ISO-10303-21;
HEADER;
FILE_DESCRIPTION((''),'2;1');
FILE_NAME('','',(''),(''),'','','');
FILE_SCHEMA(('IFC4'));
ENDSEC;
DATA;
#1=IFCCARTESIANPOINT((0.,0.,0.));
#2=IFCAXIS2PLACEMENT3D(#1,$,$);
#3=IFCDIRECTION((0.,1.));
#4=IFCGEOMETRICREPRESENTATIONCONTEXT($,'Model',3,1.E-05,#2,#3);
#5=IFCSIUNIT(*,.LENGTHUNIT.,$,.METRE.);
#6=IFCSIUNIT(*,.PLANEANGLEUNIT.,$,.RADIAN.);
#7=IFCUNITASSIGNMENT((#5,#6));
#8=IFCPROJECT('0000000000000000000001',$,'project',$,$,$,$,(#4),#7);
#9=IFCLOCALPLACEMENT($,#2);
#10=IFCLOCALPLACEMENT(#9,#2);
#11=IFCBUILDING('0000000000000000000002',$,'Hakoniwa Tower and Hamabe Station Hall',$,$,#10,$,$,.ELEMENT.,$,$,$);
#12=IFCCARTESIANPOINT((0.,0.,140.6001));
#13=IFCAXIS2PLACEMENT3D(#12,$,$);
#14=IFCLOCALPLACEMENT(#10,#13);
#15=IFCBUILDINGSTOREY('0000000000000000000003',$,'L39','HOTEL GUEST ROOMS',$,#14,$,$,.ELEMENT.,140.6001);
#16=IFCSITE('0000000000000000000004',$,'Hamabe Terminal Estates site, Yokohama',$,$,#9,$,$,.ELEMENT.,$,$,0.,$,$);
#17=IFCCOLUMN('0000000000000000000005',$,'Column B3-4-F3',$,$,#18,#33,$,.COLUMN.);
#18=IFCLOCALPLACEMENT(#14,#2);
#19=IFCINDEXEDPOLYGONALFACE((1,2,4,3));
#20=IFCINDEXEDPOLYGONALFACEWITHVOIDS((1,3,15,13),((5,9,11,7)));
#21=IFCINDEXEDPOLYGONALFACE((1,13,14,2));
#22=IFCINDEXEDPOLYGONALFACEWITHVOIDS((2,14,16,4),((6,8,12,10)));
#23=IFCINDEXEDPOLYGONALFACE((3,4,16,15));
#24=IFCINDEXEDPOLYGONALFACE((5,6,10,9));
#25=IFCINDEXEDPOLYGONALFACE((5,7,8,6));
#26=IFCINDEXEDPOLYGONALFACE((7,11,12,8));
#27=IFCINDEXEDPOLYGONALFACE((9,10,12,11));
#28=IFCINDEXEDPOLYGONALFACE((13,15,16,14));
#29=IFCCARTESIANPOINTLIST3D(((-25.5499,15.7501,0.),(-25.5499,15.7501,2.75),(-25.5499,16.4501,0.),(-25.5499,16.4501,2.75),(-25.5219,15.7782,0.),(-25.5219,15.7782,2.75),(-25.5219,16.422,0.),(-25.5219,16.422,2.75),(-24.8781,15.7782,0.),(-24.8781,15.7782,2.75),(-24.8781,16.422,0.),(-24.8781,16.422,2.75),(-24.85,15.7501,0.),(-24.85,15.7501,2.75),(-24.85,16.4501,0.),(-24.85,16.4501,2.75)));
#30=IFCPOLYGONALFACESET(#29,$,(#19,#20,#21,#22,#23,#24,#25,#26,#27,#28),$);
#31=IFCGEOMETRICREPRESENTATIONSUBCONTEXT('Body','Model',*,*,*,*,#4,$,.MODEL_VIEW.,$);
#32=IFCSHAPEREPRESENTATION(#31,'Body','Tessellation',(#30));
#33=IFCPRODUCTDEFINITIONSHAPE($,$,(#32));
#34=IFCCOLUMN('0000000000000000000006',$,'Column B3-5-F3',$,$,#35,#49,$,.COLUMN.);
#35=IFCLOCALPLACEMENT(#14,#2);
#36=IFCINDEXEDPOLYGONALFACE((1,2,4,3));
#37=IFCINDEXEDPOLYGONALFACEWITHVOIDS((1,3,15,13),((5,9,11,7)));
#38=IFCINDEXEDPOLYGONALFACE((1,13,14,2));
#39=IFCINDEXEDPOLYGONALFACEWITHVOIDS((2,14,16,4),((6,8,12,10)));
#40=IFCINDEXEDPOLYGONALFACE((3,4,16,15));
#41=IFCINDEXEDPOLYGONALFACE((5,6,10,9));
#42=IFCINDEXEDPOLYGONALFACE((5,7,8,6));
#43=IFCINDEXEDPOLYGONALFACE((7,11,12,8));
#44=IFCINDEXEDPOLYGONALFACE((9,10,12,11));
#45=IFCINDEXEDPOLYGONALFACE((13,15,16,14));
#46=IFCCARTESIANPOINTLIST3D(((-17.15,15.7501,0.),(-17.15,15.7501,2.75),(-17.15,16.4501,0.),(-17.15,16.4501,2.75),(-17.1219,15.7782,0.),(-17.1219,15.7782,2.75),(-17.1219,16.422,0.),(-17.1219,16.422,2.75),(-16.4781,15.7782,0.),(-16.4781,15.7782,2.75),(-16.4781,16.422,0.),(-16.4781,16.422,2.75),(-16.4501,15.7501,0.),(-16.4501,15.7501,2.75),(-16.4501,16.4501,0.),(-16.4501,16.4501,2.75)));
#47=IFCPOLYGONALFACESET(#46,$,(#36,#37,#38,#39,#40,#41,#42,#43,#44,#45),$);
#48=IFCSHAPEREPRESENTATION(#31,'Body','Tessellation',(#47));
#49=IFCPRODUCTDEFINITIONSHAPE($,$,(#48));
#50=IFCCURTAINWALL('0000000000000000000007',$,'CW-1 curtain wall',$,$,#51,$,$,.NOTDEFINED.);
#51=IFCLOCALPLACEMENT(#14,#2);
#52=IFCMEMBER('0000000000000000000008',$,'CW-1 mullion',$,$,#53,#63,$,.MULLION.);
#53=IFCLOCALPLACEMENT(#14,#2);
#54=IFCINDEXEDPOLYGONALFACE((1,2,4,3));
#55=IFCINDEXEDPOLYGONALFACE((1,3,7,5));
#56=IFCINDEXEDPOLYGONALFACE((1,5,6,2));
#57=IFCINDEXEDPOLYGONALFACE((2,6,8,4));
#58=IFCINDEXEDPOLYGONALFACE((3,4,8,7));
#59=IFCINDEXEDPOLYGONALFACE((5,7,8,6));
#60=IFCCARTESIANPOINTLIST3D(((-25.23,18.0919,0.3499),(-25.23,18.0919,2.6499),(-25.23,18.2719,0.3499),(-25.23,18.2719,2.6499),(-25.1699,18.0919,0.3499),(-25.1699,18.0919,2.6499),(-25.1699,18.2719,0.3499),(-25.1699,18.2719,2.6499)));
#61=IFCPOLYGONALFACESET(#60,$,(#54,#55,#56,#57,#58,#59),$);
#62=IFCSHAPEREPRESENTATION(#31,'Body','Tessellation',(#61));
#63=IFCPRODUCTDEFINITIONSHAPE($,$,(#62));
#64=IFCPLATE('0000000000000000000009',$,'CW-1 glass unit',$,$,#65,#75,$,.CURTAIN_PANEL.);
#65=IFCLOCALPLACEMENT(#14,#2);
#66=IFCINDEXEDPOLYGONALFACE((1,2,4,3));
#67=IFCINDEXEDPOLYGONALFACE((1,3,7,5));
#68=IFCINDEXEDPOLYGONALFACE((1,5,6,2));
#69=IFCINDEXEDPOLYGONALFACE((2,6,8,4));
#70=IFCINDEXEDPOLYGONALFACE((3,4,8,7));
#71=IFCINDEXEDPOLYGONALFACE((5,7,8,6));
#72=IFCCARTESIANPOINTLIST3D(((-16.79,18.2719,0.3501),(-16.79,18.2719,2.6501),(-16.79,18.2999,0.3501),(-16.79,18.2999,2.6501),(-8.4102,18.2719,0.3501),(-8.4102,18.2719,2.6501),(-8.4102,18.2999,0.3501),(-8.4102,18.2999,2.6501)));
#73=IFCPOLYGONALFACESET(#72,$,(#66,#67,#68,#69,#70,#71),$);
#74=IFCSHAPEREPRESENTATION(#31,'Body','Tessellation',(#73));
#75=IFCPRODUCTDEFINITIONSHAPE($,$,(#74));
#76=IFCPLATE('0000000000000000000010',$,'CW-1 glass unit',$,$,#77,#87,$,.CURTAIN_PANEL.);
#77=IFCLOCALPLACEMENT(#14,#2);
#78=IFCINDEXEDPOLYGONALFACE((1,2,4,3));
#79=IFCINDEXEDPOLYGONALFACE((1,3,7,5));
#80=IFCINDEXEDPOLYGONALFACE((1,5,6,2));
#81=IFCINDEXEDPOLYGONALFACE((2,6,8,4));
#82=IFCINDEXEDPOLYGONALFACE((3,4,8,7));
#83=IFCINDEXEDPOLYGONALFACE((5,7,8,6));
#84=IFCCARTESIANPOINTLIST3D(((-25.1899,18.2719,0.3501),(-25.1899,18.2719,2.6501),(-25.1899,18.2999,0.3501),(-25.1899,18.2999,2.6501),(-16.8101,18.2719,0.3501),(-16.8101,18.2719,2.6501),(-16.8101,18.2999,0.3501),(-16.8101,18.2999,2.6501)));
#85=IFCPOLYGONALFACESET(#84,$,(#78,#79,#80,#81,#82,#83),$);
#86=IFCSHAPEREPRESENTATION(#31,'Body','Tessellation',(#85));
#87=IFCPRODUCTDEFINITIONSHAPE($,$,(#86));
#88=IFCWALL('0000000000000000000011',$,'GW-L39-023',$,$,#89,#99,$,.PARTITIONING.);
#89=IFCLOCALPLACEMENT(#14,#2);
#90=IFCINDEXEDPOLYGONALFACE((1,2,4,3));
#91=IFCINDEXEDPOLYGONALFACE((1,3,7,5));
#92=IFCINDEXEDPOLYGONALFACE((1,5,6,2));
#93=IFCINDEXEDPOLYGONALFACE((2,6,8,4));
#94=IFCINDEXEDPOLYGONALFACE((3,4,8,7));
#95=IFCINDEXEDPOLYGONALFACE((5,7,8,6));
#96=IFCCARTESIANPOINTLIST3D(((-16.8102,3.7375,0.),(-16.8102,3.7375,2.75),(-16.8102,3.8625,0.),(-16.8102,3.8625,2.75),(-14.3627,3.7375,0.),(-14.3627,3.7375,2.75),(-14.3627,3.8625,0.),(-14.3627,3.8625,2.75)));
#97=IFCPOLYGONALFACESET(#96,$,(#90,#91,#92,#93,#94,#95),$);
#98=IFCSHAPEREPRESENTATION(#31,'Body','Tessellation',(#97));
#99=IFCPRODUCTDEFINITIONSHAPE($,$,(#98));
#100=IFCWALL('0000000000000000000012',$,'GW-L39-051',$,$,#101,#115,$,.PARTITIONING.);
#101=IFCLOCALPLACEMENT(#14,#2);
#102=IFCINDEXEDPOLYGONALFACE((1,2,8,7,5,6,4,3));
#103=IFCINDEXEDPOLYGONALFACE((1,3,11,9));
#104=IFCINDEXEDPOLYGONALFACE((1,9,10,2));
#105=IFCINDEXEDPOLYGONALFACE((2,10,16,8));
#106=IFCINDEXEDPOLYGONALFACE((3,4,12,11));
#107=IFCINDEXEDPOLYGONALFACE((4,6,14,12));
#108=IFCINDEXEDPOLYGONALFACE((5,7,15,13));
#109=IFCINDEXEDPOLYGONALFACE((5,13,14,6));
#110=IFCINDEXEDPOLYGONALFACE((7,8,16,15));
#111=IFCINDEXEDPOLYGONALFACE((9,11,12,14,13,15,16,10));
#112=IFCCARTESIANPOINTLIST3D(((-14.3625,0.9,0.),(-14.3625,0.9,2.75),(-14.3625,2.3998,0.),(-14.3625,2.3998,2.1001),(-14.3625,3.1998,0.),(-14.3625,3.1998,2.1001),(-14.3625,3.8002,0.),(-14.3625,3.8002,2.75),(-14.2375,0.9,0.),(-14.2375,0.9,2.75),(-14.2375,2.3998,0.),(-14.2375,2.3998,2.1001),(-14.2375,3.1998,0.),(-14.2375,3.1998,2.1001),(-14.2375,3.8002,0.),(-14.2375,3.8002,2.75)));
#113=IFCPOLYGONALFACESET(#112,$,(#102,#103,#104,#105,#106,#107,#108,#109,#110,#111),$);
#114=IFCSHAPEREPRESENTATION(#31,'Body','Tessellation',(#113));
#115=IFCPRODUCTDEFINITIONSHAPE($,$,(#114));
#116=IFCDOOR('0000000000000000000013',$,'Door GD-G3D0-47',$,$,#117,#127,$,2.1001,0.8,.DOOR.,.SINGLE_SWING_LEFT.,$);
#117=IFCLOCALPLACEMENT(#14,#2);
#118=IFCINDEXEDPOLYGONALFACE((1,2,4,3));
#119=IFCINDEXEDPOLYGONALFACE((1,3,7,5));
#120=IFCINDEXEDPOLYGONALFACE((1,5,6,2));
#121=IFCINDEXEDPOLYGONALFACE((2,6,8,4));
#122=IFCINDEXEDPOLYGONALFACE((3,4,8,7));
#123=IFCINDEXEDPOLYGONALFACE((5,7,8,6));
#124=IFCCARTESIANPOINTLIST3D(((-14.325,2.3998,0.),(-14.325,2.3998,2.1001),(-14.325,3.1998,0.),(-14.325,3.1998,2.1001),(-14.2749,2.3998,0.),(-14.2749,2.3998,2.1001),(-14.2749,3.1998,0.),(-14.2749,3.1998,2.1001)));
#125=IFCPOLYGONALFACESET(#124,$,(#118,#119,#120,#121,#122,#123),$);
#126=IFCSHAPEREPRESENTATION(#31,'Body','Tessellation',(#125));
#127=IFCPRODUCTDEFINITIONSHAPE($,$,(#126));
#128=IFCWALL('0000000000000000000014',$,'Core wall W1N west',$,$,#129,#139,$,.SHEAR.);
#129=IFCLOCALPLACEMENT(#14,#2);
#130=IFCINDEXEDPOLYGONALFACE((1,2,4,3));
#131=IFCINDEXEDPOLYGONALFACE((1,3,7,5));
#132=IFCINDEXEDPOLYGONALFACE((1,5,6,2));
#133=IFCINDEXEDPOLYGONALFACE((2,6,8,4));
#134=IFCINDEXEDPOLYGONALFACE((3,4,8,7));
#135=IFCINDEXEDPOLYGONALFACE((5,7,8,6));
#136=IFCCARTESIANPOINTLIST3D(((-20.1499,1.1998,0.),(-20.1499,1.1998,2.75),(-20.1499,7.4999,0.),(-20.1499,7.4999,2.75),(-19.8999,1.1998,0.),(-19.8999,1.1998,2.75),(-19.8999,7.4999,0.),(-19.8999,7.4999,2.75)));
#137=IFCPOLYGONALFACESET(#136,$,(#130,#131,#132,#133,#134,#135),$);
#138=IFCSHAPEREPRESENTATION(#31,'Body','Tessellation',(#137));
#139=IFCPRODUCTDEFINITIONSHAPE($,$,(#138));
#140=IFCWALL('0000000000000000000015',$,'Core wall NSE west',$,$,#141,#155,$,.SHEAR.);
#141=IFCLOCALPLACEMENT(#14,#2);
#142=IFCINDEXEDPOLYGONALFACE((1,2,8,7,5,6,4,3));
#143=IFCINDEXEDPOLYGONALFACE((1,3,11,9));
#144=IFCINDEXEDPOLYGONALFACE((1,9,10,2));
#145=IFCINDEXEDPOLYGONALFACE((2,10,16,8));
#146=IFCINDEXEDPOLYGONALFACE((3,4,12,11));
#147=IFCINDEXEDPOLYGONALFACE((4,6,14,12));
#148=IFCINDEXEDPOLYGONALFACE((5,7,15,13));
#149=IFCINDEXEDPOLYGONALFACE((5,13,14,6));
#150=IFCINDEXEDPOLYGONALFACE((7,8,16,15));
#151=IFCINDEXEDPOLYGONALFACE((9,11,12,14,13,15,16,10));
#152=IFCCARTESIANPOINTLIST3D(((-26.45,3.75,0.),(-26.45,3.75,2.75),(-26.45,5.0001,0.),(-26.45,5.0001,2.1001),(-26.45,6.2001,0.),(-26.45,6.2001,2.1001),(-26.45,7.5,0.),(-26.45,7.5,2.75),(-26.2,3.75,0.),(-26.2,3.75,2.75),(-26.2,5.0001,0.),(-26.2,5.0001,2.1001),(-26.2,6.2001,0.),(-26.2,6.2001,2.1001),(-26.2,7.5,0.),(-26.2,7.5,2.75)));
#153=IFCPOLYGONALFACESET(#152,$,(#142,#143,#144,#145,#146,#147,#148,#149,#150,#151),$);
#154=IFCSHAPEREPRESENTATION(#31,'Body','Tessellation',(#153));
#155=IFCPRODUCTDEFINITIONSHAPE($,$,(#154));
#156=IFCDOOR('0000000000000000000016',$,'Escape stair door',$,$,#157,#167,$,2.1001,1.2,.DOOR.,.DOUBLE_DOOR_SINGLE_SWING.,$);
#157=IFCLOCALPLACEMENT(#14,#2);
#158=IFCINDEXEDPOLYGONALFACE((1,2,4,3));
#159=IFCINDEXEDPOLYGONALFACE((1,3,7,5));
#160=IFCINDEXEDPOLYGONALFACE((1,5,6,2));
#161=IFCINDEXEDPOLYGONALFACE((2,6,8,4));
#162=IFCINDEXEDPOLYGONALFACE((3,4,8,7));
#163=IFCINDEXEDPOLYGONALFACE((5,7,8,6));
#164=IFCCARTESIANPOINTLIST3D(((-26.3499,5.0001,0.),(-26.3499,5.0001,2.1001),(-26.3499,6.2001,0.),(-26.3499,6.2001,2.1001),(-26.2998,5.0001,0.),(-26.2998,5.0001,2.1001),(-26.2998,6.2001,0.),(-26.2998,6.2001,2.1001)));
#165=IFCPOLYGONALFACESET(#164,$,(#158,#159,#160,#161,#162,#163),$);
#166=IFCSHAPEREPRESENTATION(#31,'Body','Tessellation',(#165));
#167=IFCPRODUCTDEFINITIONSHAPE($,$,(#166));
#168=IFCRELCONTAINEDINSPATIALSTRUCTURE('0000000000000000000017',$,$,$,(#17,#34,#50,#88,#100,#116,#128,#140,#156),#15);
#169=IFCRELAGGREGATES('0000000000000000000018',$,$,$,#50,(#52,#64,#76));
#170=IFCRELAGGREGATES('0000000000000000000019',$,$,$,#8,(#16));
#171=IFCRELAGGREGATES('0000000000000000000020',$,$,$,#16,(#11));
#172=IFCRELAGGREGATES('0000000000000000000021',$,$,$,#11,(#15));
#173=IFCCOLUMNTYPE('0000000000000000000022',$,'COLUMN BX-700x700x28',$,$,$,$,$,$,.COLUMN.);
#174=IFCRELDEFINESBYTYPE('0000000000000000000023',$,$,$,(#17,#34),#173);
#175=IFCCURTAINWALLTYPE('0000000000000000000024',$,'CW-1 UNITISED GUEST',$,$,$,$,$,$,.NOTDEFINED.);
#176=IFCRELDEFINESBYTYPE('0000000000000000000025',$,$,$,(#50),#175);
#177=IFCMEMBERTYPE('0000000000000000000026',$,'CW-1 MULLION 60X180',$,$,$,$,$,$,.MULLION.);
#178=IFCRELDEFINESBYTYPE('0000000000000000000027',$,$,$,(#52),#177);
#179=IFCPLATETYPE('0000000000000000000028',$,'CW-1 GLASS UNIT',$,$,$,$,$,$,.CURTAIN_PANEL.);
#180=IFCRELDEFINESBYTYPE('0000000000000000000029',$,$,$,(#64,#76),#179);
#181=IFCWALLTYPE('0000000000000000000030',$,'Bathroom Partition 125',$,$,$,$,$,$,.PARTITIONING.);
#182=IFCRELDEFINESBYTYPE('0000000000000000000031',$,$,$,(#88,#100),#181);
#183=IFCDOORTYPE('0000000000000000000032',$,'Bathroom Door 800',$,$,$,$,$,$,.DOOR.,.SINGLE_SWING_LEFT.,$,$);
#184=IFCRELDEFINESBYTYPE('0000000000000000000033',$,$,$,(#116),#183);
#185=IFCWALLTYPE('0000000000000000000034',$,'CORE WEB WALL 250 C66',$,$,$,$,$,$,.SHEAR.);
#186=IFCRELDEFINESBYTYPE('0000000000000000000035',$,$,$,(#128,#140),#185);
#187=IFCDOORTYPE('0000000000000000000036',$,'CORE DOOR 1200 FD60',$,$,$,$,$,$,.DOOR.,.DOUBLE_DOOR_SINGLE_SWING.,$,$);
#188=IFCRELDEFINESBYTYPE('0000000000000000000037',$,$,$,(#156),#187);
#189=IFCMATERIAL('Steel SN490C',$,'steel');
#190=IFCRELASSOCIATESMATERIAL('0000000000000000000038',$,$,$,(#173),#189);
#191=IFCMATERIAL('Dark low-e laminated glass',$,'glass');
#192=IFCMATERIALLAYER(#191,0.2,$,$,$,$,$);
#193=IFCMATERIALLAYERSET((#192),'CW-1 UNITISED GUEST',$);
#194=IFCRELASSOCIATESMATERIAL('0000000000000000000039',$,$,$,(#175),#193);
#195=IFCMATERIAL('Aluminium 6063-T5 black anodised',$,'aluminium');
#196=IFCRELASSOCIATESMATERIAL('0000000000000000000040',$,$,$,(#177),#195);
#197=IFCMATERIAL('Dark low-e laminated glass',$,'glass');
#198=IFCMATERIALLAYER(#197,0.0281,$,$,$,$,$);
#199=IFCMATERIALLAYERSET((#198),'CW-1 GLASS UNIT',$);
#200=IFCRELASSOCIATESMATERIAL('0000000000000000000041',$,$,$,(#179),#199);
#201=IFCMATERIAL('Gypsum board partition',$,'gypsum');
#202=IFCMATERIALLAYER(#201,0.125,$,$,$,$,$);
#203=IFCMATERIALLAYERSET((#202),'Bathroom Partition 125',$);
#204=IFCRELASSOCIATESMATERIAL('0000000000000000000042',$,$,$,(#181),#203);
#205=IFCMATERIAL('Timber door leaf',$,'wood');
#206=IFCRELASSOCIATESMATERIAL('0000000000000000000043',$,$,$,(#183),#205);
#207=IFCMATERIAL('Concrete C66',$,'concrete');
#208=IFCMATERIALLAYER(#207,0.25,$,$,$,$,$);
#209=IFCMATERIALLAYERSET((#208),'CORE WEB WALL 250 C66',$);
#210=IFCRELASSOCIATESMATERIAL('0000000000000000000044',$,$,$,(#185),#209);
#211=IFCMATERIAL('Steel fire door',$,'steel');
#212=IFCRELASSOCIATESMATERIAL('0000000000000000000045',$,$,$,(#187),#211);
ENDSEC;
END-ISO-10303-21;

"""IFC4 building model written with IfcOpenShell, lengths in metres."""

from ifc_helpers import new_model, si_unit, direction, frame, frame_2d, origin, origin_2d, place, context, subcontext, project, spatial, rectangle, hollow_rectangle, extrude, material, layer, layer_set, material_profile, profile_set, type_object, element, fill, aggregate, save


model = new_model("IFC4")

# Units and contexts
model_context = context("Model", 3, precision=1e-05, world=origin(), true_north=direction((0.0, 1.0)))
body_context = subcontext(model_context, "Body", "Model", "MODEL_VIEW")
ifc_project = project(units=[si_unit("LENGTHUNIT", "METRE"), si_unit("PLANEANGLEUNIT", "RADIAN")], contexts=[model_context])

# Site, building, storey
site_placement = place(None, origin())
site = spatial("IfcSite", under=ifc_project, at=site_placement, Name="Hamabe Terminal Estates site, Yokohama", CompositionType="ELEMENT", RefElevation=0.0)
building_placement = place(site_placement, origin())
building = spatial("IfcBuilding", under=site, at=building_placement, Name="Hakoniwa Tower and Hamabe Station Hall", CompositionType="ELEMENT")
storey_placement = place(building_placement, frame((0.0, 0.0, 140.6001)))
storey = spatial("IfcBuildingStorey", under=building, at=storey_placement, Name="L39", Description="HOTEL GUEST ROOMS", CompositionType="ELEMENT", Elevation=140.6001)

# Columns
ifc_material_1 = material(Name="Steel SN490C", Category="steel")
ifc_material_profile_1 = material_profile(ifc_material_1, hollow_rectangle(XDim=0.7, YDim=0.7, WallThickness=0.0281, at=origin_2d()), Name="BX-700x700x28")
ifc_profile_set_1 = profile_set([ifc_material_profile_1], Name="Steel SN490C")
column_type = type_object("IfcColumnType", Name="COLUMN BX-700x700x28", PredefinedType="COLUMN", material=ifc_profile_set_1)
for number, where, z_axis, x_axis, name in (
    (1, (-25.2, 16.1001, 0.0), (0.0, 0.0, 1.0), (1.0, 0.0, 0.0), "Column B3-4-F3"),
    (2, (-16.8, 16.1001, 0.0), (0.0, 0.0, 1.0), (1.0, 0.0, 0.0), "Column B3-5-F3"),
):
    element("IfcColumn", number, at=place(storey_placement, frame(where, z_axis=z_axis, x_axis=x_axis)), inside=storey, type_object=column_type, Name=name, PredefinedType="COLUMN", context=body_context, shape_type="SweptSolid", body=[
        extrude(hollow_rectangle(XDim=0.7, YDim=0.7, WallThickness=0.0281, at=origin_2d()), origin(), (0.0, 0.0, 1.0), 2.75),
    ])

# Curtain wall, member, plates
ifc_material_2 = material(Name="Dark low-e laminated glass", Category="glass")
ifc_layer_1 = layer(ifc_material_2, 0.2)
ifc_layer_set_1 = layer_set([ifc_layer_1], Name="CW-1 UNITISED GUEST")
curtain_wall_type = type_object("IfcCurtainWallType", Name="CW-1 UNITISED GUEST", PredefinedType="NOTDEFINED", material=ifc_layer_set_1)
curtain_wall_placement = place(storey_placement, origin())
curtain_wall = element("IfcCurtainWall", 3, at=curtain_wall_placement, inside=storey, type_object=curtain_wall_type, Name="CW-1 curtain wall", PredefinedType="NOTDEFINED")
ifc_material_3 = material(Name="Aluminium 6063-T5 black anodised", Category="aluminium")
ifc_material_profile_2 = material_profile(ifc_material_3, rectangle(XDim=0.0601, YDim=0.1799, at=origin_2d()), Name="CW-1 MULLION 60X180")
ifc_profile_set_2 = profile_set([ifc_material_profile_2], Name="Aluminium 6063-T5 black anodised")
member_type = type_object("IfcMemberType", Name="CW-1 MULLION 60X180", PredefinedType="MULLION", material=ifc_profile_set_2)
member_placement = place(storey_placement, frame((-25.2, 18.1819, 0.3499), z_axis=(0.0, 0.0, 1.0), x_axis=(-1.0, 0.0, 0.0)))
member = element("IfcMember", 4, at=member_placement, type_object=member_type, Name="CW-1 mullion", PredefinedType="MULLION", context=body_context, shape_type="SweptSolid", body=[
    extrude(rectangle(XDim=0.0601, YDim=0.1799, at=origin_2d()), origin(), (0.0, 0.0, 1.0), 2.3),
])
ifc_material_4 = material(Name="Dark low-e laminated glass", Category="glass")
ifc_layer_2 = layer(ifc_material_4, 0.0281)
ifc_layer_set_2 = layer_set([ifc_layer_2], Name="CW-1 GLASS UNIT")
plate_type = type_object("IfcPlateType", Name="CW-1 GLASS UNIT", PredefinedType="CURTAIN_PANEL", material=ifc_layer_set_2)
plate_1_placement = place(storey_placement, frame((-12.6001, 18.2859, 0.3501), z_axis=(0.0, 0.0, 1.0), x_axis=(-1.0, 0.0, 0.0)))
plate_1 = element("IfcPlate", 5, at=plate_1_placement, type_object=plate_type, Name="CW-1 glass unit", PredefinedType="CURTAIN_PANEL", context=body_context, shape_type="SweptSolid", body=[
    extrude(rectangle(XDim=8.3799, YDim=0.0281, at=origin_2d()), origin(), (0.0, 0.0, 1.0), 2.3),
])
plate_2_placement = place(storey_placement, frame((-21.0, 18.2859, 0.3501), z_axis=(0.0, 0.0, 1.0), x_axis=(-1.0, 0.0, 0.0)))
plate_2 = element("IfcPlate", 6, at=plate_2_placement, type_object=plate_type, Name="CW-1 glass unit", PredefinedType="CURTAIN_PANEL", context=body_context, shape_type="SweptSolid", body=[
    extrude(rectangle(XDim=8.3799, YDim=0.0281, at=origin_2d()), origin(), (0.0, 0.0, 1.0), 2.3),
])
aggregate(curtain_wall, [member, plate_1, plate_2])

# Wall
ifc_material_5 = material(Name="Gypsum board partition", Category="gypsum")
ifc_layer_3 = layer(ifc_material_5, 0.125)
ifc_layer_set_3 = layer_set([ifc_layer_3], Name="Bathroom Partition 125")
wall_type_1 = type_object("IfcWallType", Name="Bathroom Partition 125", PredefinedType="PARTITIONING", material=ifc_layer_set_3)
wall_1_placement = place(storey_placement, frame((-16.8101, 3.8, 0.0), z_axis=(0.0, 0.0, 1.0), x_axis=(1.0, 0.0, 0.0)))
element("IfcWall", 7, at=wall_1_placement, inside=storey, type_object=wall_type_1, Name="GW-L39-023", PredefinedType="PARTITIONING", context=body_context, shape_type="SweptSolid", body=[
    extrude(rectangle(XDim=2.4475, YDim=0.125, at=frame_2d((1.2236, 0.0))), origin(), (0.0, 0.0, 1.0), 2.75),
])

# Wall, opening, door
wall_2_placement = place(storey_placement, frame((-14.3, 0.8999, 0.0), z_axis=(0.0, 0.0, 1.0), x_axis=(0.0, 1.0, 0.0)))
wall_2 = element("IfcWall", 8, at=wall_2_placement, inside=storey, type_object=wall_type_1, Name="GW-L39-051", PredefinedType="PARTITIONING", context=body_context, shape_type="SweptSolid", body=[
    extrude(rectangle(XDim=2.9001, YDim=0.125, at=frame_2d((1.4502, 0.0))), origin(), (0.0, 0.0, 1.0), 2.75),
])
opening_1_placement = place(wall_2_placement, frame((1.5, 0.0, 0.0)))
opening_1 = element("IfcOpeningElement", 9, at=opening_1_placement, cuts=wall_2, PredefinedType="OPENING", context=body_context, shape_type="SweptSolid", body=[
    extrude(rectangle(XDim=0.8, YDim=2.1001, at=frame_2d((0.3999, 1.05))), frame((0.0, 0.0725, 0.0), z_axis=(0.0, -1.0, 0.0), x_axis=(1.0, 0.0, 0.0)), (0.0, 0.0, 1.0), 0.145),
])
ifc_material_6 = material(Name="Timber door leaf", Category="wood")
door_type_1 = type_object("IfcDoorType", Name="Bathroom Door 800", OperationType="SINGLE_SWING_LEFT", PredefinedType="DOOR", material=ifc_material_6)
door_1_placement = place(opening_1_placement, origin())
door_1 = element("IfcDoor", 10, at=door_1_placement, inside=storey, type_object=door_type_1, Name="Door GD-G3D0-47", OperationType="SINGLE_SWING_LEFT", OverallHeight=2.1001, OverallWidth=0.8, PredefinedType="DOOR", context=body_context, shape_type="SweptSolid", body=[
    extrude(rectangle(XDim=0.8, YDim=2.1001, at=frame_2d((0.3999, 1.05))), frame((0.0, 0.0249, 0.0), z_axis=(0.0, -1.0, 0.0), x_axis=(1.0, 0.0, 0.0)), (0.0, 0.0, 1.0), 0.05),
])
fill(opening_1, door_1)

# Wall
ifc_material_7 = material(Name="Concrete C66", Category="concrete")
ifc_layer_4 = layer(ifc_material_7, 0.25)
ifc_layer_set_4 = layer_set([ifc_layer_4], Name="CORE WEB WALL 250 C66")
wall_type_2 = type_object("IfcWallType", Name="CORE WEB WALL 250 C66", PredefinedType="SHEAR", material=ifc_layer_set_4)
wall_3_placement = place(storey_placement, frame((-20.0249, 1.2, 0.0), z_axis=(0.0, 0.0, 1.0), x_axis=(0.0, 1.0, 0.0)))
element("IfcWall", 11, at=wall_3_placement, inside=storey, type_object=wall_type_2, Name="Core wall W1N west", PredefinedType="SHEAR", context=body_context, shape_type="SweptSolid", body=[
    extrude(rectangle(XDim=6.3, YDim=0.25, at=frame_2d((3.1499, 0.0))), origin(), (0.0, 0.0, 1.0), 2.75),
])

# Wall, opening, door
wall_4_placement = place(storey_placement, frame((-26.325, 3.75, 0.0), z_axis=(0.0, 0.0, 1.0), x_axis=(0.0, 1.0, 0.0)))
wall_4 = element("IfcWall", 12, at=wall_4_placement, inside=storey, type_object=wall_type_2, Name="Core wall NSE west", PredefinedType="SHEAR", context=body_context, shape_type="SweptSolid", body=[
    extrude(rectangle(XDim=3.75, YDim=0.25, at=frame_2d((1.875, 0.0))), origin(), (0.0, 0.0, 1.0), 2.75),
])
opening_2_placement = place(wall_4_placement, frame((1.25, 0.0, 0.0)))
opening_2 = element("IfcOpeningElement", 13, at=opening_2_placement, cuts=wall_4, PredefinedType="OPENING", context=body_context, shape_type="SweptSolid", body=[
    extrude(rectangle(XDim=1.2, YDim=2.1001, at=frame_2d((0.6001, 1.05))), frame((0.0, 0.135, 0.0), z_axis=(0.0, -1.0, 0.0), x_axis=(1.0, 0.0, 0.0)), (0.0, 0.0, 1.0), 0.27),
])
ifc_material_8 = material(Name="Steel fire door", Category="steel")
door_type_2 = type_object("IfcDoorType", Name="CORE DOOR 1200 FD60", OperationType="DOUBLE_DOOR_SINGLE_SWING", PredefinedType="DOOR", material=ifc_material_8)
door_2_placement = place(opening_2_placement, origin())
door_2 = element("IfcDoor", 14, at=door_2_placement, inside=storey, type_object=door_type_2, Name="Escape stair door", OperationType="DOUBLE_DOOR_SINGLE_SWING", OverallHeight=2.1001, OverallWidth=1.2, PredefinedType="DOOR", context=body_context, shape_type="SweptSolid", body=[
    extrude(rectangle(XDim=1.2, YDim=2.1001, at=frame_2d((0.6001, 1.05))), frame((0.0, 0.0249, 0.0), z_axis=(0.0, -1.0, 0.0), x_axis=(1.0, 0.0, 0.0)), (0.0, 0.0, 1.0), 0.05),
])
fill(opening_2, door_2)

save(model, "model.ifc")
